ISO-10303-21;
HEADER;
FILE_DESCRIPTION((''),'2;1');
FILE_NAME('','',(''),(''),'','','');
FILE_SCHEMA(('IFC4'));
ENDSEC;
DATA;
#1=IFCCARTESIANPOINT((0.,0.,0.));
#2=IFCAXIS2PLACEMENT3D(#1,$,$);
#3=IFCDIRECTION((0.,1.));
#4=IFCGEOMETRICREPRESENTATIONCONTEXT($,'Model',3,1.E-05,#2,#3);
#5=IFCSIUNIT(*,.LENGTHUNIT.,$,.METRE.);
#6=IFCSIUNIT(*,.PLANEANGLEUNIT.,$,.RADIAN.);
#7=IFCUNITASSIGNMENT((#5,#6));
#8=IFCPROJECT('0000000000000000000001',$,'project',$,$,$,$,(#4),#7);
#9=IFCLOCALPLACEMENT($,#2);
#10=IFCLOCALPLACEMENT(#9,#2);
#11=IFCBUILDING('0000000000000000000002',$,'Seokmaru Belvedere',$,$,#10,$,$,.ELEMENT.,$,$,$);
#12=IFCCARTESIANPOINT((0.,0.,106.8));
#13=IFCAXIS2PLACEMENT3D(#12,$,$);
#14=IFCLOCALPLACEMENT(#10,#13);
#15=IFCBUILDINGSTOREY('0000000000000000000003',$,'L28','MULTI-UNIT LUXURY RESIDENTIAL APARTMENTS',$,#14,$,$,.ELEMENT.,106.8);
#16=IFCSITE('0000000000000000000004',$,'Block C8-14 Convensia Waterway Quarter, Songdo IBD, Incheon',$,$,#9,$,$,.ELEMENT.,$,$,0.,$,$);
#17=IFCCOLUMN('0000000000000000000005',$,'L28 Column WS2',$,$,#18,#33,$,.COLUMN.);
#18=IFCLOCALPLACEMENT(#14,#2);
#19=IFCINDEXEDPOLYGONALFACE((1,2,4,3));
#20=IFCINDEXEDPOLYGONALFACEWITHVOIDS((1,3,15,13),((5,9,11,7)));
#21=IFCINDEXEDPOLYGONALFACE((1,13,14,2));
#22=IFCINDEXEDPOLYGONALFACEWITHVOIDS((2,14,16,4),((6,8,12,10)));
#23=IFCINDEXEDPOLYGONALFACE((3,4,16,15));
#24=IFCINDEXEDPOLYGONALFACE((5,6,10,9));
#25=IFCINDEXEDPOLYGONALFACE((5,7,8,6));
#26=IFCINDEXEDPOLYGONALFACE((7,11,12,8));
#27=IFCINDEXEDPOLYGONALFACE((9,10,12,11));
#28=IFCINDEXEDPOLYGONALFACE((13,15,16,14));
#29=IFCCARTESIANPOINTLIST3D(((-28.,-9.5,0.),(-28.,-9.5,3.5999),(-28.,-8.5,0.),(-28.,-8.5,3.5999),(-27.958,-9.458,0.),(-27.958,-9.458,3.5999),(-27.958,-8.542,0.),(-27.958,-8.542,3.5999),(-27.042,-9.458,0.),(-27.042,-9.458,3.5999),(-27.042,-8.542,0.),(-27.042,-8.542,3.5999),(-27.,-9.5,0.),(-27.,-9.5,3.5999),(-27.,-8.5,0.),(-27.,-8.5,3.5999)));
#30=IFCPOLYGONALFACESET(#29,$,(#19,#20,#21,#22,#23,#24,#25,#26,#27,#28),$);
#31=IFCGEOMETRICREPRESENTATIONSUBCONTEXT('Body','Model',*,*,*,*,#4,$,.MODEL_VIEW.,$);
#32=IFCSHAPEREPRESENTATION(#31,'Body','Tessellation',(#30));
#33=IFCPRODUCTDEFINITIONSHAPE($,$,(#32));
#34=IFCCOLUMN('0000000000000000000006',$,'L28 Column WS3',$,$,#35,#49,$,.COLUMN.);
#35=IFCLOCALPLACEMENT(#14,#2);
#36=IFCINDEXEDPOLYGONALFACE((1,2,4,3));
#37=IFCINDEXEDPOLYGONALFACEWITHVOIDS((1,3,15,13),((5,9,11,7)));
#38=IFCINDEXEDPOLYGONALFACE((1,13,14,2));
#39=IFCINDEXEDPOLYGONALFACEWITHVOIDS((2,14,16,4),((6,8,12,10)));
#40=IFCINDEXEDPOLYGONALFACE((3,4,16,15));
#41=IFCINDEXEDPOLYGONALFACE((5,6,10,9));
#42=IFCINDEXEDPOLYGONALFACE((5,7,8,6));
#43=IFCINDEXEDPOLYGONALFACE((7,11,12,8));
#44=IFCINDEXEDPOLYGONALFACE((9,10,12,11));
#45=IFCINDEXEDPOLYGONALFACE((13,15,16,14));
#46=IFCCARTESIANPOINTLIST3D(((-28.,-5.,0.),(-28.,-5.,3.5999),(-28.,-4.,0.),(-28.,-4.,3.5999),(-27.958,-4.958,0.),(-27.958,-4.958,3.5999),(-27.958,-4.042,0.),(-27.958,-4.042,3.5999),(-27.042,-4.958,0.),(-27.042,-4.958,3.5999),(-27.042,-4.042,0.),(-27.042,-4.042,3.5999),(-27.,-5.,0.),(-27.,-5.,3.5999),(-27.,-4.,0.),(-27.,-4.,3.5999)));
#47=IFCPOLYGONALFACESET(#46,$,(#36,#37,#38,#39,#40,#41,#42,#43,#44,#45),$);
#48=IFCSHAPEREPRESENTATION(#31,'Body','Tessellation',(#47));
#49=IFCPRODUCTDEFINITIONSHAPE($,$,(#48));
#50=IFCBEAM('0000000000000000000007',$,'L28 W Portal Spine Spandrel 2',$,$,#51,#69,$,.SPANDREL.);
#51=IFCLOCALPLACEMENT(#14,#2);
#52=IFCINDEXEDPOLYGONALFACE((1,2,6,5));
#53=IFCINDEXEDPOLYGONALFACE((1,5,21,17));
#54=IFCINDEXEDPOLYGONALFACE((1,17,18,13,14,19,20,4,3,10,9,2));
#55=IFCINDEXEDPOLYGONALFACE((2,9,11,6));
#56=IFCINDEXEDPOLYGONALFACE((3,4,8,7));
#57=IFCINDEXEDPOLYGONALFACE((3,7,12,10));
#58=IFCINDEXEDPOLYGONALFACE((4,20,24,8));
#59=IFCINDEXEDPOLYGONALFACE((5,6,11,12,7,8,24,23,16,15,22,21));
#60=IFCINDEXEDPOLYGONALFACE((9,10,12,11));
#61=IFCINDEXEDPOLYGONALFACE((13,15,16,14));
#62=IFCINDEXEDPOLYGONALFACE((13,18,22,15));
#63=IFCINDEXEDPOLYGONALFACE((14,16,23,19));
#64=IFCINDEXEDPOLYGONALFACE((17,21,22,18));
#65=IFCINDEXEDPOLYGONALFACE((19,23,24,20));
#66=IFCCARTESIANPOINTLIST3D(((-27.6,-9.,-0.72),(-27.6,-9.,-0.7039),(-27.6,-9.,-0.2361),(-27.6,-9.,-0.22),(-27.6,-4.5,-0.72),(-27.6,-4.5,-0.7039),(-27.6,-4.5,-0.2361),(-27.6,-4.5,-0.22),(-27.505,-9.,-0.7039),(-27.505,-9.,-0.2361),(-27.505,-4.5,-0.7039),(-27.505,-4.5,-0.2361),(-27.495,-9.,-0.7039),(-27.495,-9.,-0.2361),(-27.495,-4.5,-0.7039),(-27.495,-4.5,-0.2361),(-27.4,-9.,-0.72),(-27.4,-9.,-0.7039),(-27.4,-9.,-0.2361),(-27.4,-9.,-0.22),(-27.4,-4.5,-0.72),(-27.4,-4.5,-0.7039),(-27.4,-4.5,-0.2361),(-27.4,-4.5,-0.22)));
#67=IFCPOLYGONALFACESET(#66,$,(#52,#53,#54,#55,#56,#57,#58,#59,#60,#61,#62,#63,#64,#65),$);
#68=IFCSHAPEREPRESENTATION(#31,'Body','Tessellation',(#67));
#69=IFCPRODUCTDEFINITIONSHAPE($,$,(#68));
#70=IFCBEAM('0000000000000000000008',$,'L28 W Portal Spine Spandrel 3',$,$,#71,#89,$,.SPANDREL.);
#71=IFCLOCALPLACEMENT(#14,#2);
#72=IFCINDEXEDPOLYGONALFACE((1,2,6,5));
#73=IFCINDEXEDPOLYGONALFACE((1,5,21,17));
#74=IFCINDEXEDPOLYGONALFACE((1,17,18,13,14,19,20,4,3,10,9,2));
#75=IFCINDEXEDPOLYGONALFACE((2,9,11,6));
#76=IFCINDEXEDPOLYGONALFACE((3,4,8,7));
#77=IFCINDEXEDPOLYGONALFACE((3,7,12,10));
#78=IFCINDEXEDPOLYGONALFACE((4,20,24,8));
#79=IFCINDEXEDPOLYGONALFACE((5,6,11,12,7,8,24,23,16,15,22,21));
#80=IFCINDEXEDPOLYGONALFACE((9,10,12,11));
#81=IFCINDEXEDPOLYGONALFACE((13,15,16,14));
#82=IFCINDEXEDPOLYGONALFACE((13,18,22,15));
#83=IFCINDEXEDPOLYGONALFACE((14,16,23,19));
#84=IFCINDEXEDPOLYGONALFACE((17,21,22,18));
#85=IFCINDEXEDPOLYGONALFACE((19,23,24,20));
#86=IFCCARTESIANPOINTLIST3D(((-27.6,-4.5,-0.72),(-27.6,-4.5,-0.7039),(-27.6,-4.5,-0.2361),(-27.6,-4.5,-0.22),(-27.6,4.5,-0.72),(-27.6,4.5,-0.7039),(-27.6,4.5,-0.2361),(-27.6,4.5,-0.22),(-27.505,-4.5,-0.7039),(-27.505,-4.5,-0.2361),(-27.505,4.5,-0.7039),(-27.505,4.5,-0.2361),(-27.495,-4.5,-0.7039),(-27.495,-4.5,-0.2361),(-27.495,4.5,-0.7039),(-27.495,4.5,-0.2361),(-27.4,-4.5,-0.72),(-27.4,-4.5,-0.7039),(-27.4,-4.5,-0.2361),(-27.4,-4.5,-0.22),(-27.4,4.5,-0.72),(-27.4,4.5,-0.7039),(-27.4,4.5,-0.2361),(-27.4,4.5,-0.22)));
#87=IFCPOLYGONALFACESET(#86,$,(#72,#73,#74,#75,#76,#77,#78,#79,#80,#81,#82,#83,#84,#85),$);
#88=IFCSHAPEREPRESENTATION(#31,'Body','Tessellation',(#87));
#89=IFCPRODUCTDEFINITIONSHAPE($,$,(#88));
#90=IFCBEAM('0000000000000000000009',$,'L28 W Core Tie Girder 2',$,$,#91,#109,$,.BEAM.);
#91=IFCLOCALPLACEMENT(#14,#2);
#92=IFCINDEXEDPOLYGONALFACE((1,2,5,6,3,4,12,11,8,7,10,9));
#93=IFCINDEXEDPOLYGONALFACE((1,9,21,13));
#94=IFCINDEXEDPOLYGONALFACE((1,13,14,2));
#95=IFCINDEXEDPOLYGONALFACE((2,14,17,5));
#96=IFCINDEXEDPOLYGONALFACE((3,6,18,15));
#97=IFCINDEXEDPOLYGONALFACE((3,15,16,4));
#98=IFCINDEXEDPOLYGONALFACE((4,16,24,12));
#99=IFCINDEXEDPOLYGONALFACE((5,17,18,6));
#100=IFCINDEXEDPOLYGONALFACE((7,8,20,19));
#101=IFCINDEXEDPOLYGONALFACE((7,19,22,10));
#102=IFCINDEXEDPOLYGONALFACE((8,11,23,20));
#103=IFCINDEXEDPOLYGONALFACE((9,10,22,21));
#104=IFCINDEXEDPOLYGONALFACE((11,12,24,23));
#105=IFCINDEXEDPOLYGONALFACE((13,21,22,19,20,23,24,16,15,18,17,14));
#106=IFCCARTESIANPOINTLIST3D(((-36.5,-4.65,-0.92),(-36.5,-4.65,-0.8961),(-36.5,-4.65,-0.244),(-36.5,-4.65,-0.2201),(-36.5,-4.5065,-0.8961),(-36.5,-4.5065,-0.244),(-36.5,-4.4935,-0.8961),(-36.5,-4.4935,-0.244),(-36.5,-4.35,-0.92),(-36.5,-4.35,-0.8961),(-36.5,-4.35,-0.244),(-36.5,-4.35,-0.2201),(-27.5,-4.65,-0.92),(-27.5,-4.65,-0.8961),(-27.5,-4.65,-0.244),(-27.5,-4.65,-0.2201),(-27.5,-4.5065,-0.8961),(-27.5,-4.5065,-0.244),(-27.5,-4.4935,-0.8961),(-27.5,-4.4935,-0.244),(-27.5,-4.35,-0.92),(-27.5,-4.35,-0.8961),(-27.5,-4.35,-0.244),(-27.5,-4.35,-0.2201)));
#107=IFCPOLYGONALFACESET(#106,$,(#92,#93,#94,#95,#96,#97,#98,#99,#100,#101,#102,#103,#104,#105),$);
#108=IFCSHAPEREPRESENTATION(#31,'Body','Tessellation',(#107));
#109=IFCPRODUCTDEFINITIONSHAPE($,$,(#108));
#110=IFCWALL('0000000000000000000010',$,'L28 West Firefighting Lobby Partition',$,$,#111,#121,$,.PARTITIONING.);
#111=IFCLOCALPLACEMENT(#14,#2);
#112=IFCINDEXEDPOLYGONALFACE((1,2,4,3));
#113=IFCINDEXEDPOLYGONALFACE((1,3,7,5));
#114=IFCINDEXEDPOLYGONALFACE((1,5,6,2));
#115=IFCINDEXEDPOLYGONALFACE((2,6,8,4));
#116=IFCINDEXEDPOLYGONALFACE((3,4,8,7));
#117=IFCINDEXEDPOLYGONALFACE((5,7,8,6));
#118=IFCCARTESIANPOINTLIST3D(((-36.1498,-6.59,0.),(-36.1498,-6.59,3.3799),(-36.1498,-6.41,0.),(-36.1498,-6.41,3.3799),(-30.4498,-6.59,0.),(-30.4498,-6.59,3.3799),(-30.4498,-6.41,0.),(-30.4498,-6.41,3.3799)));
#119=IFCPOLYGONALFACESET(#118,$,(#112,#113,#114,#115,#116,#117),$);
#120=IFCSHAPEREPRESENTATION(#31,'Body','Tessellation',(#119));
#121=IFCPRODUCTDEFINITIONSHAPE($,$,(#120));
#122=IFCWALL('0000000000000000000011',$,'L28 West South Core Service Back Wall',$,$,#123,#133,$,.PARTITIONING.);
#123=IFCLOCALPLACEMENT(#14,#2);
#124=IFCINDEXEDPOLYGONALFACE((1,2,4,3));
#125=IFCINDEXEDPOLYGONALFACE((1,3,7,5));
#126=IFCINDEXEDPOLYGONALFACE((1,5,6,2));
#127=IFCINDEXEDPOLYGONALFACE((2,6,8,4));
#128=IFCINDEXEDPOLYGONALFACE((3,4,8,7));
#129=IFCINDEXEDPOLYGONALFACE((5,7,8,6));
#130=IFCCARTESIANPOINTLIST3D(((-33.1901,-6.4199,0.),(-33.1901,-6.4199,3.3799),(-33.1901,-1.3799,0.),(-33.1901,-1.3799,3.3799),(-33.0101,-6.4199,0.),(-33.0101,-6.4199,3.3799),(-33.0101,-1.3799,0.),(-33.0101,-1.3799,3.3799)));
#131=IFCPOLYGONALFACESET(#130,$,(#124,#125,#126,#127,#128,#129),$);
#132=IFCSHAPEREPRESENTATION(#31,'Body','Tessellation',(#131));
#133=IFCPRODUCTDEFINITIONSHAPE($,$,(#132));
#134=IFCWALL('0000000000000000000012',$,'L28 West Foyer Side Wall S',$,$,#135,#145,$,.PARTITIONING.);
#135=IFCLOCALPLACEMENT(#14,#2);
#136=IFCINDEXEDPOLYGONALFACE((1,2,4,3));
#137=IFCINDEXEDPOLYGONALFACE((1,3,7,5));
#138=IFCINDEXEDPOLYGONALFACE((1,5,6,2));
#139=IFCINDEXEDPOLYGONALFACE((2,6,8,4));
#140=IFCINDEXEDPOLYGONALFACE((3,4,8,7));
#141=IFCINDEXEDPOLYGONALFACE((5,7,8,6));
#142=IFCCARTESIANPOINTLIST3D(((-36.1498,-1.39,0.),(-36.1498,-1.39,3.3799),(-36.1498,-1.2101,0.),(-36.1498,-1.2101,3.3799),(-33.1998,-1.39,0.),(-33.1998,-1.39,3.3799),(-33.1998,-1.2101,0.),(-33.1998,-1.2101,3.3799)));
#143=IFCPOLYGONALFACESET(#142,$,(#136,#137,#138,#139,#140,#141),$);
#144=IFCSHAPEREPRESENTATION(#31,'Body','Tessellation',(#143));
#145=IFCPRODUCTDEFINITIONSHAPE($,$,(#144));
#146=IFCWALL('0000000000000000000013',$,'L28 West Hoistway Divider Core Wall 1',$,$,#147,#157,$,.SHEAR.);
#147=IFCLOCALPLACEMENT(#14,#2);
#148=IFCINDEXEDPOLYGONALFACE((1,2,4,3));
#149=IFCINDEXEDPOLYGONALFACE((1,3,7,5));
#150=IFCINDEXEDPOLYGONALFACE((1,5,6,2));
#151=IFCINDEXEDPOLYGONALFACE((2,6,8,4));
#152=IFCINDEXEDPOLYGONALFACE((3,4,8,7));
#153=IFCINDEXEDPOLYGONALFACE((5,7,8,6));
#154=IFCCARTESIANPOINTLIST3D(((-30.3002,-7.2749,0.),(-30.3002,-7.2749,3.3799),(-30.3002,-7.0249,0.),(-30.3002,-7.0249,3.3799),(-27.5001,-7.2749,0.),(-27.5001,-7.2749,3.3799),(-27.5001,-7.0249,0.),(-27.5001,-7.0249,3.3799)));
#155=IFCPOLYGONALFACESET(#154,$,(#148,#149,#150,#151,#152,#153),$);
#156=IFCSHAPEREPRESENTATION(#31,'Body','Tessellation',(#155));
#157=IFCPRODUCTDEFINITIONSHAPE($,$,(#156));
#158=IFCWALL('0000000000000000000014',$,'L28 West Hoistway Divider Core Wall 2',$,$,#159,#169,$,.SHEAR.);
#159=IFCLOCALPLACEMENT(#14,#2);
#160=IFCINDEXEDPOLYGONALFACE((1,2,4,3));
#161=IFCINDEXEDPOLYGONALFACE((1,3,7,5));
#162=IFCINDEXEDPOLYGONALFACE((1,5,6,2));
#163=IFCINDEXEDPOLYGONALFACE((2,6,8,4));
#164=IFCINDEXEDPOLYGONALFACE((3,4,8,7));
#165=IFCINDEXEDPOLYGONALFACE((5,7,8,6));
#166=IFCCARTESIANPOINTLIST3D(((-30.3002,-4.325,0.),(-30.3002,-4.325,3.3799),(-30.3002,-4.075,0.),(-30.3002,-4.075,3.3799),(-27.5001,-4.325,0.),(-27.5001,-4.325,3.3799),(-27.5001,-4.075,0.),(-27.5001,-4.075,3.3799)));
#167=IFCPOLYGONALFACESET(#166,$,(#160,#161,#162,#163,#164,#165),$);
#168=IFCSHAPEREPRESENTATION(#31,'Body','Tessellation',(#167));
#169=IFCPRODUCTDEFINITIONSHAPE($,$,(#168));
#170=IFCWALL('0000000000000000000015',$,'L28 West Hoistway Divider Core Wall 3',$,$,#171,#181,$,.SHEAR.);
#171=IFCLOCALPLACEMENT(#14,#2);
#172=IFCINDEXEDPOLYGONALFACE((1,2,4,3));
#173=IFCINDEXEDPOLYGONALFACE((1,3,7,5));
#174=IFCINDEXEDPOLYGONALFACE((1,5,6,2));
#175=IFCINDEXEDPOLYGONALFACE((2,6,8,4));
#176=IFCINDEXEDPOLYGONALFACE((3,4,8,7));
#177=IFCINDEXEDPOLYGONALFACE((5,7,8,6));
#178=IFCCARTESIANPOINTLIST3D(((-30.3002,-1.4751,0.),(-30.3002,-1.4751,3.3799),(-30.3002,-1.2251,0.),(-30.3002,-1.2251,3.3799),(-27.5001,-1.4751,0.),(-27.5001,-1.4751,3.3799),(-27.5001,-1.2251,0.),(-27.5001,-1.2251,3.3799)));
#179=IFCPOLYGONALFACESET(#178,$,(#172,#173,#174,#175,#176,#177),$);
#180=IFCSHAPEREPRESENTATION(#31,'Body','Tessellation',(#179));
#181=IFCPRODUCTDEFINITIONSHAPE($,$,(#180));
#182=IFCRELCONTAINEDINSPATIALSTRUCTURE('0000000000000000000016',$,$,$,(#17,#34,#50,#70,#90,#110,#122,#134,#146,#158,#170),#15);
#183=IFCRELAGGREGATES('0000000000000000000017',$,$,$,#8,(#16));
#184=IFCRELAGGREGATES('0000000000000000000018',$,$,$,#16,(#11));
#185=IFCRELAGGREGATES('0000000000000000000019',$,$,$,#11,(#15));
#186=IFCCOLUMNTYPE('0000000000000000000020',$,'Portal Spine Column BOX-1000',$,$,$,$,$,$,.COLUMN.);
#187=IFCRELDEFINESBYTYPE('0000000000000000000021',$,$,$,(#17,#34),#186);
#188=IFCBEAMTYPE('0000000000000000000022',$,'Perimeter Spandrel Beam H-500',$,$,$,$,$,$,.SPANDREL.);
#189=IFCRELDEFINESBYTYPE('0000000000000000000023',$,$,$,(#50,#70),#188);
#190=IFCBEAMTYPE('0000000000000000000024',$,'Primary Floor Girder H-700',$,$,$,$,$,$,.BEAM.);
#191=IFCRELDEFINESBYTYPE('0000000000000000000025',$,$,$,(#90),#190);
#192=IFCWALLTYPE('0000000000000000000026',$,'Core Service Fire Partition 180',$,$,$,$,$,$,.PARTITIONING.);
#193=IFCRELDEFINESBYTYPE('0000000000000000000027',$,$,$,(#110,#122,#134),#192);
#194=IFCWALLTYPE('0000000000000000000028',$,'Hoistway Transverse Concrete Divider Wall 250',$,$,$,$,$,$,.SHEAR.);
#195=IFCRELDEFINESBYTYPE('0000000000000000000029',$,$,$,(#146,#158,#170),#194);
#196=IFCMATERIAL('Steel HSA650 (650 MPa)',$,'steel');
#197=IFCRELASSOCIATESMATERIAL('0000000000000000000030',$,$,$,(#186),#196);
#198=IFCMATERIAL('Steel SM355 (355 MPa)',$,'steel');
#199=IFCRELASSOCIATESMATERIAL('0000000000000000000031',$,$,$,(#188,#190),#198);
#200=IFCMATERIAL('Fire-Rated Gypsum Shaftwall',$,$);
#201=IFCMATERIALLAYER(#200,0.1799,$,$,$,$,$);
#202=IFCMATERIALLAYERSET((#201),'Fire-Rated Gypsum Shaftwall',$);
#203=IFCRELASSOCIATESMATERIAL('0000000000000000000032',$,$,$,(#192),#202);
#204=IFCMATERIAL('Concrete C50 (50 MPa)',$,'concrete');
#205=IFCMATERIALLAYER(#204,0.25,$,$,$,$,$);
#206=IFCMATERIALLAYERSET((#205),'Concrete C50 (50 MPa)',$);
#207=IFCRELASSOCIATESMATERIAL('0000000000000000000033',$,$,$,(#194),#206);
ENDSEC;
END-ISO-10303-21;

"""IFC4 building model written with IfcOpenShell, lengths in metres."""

from ifc_helpers import new_model, si_unit, direction, frame, frame_2d, origin, origin_2d, place, context, subcontext, project, spatial, rectangle, hollow_rectangle, i_section, extrude, source, transform, mapped, material, layer, layer_set, material_profile, profile_set, type_object, type_shapes, element, save


model = new_model("IFC4")

# Units and contexts
model_context = context("Model", 3, precision=1e-05, world=origin(), true_north=direction((0.0, 1.0)))
body_context = subcontext(model_context, "Body", "Model", "MODEL_VIEW")
ifc_project = project(units=[si_unit("LENGTHUNIT", "METRE"), si_unit("PLANEANGLEUNIT", "RADIAN")], contexts=[model_context])

# Site, building, storey
site_placement = place(None, origin())
site = spatial("IfcSite", under=ifc_project, at=site_placement, Name="Block C8-14 Convensia Waterway Quarter, Songdo IBD, Incheon", CompositionType="ELEMENT", RefElevation=0.0)
building_placement = place(site_placement, origin())
building = spatial("IfcBuilding", under=site, at=building_placement, Name="Seokmaru Belvedere", CompositionType="ELEMENT")
storey_placement = place(building_placement, frame((0.0, 0.0, 106.8)))
storey = spatial("IfcBuildingStorey", under=building, at=storey_placement, Name="L28", Description="MULTI-UNIT LUXURY RESIDENTIAL APARTMENTS", CompositionType="ELEMENT", Elevation=106.8)

# Columns
ifc_material_1 = material(Name="Steel HSA650 (650 MPa)", Category="steel")
ifc_material_profile_1 = material_profile(ifc_material_1, hollow_rectangle(XDim=1.0, YDim=1.0, WallThickness=0.042, at=origin_2d()), Name="BOX-1000x1000x42")
ifc_profile_set_1 = profile_set([ifc_material_profile_1], Name="Steel HSA650 (650 MPa)")
column_type = type_object("IfcColumnType", Name="Portal Spine Column BOX-1000", PredefinedType="COLUMN", material=ifc_profile_set_1)
shared_shape_1 = source(origin(), body_context, "Body", "SweptSolid", [
    extrude(hollow_rectangle(XDim=1.0, YDim=1.0, WallThickness=0.042, at=origin_2d()), origin(), (0.0, 0.0, 1.0), 3.5999),
])
type_shapes(column_type, [shared_shape_1])
for number, where, z_axis, x_axis, name in (
    (1, (-27.5, -9.0, 0.0), (0.0, 0.0, 1.0), (1.0, 0.0, 0.0), "L28 Column WS2"),
    (2, (-27.5, -4.5, 0.0), (0.0, 0.0, 1.0), (1.0, 0.0, 0.0), "L28 Column WS3"),
):
    element("IfcColumn", number, at=place(storey_placement, frame(where, z_axis=z_axis, x_axis=x_axis)), inside=storey, type_object=column_type, Name=name, PredefinedType="COLUMN", context=body_context, shape_type="MappedRepresentation", body=[
        mapped(shared_shape_1, transform((0.0, 0.0, 0.0), scale=1.0)),
    ])

# Beams
ifc_material_2 = material(Name="Steel SM355 (355 MPa)", Category="steel")
ifc_material_profile_2 = material_profile(ifc_material_2, i_section(OverallWidth=0.2, OverallDepth=0.5, WebThickness=0.01, FlangeThickness=0.0161, at=origin_2d()), Name="H-500x200x10x16")
ifc_profile_set_2 = profile_set([ifc_material_profile_2], Name="Steel SM355 (355 MPa)")
beam_type_1 = type_object("IfcBeamType", Name="Perimeter Spandrel Beam H-500", PredefinedType="SPANDREL", material=ifc_profile_set_2)
shared_shape_2 = source(origin(), body_context, "Body", "SweptSolid", [
    extrude(i_section(OverallWidth=0.2, OverallDepth=0.5, WebThickness=0.01, FlangeThickness=0.0161, at=origin_2d()), origin(), (0.0, 0.0, 1.0), 4.5),
])
beam_1_placement = place(storey_placement, frame((-27.5, -9.0, -0.47), z_axis=(0.0, 1.0, 0.0), x_axis=(-1.0, 0.0, 0.0)))
element("IfcBeam", 3, at=beam_1_placement, inside=storey, type_object=beam_type_1, Name="L28 W Portal Spine Spandrel 2", PredefinedType="SPANDREL", context=body_context, shape_type="MappedRepresentation", body=[
    mapped(shared_shape_2, transform((0.0, 0.0, 0.0), scale=1.0)),
])
shared_shape_3 = source(origin(), body_context, "Body", "SweptSolid", [
    extrude(i_section(OverallWidth=0.2, OverallDepth=0.5, WebThickness=0.01, FlangeThickness=0.0161, at=origin_2d()), origin(), (0.0, 0.0, 1.0), 9.0),
])
type_shapes(beam_type_1, [shared_shape_2, shared_shape_3])
beam_2_placement = place(storey_placement, frame((-27.5, -4.5, -0.47), z_axis=(0.0, 1.0, 0.0), x_axis=(-1.0, 0.0, 0.0)))
element("IfcBeam", 4, at=beam_2_placement, inside=storey, type_object=beam_type_1, Name="L28 W Portal Spine Spandrel 3", PredefinedType="SPANDREL", context=body_context, shape_type="MappedRepresentation", body=[
    mapped(shared_shape_3, transform((0.0, 0.0, 0.0), scale=1.0)),
])
ifc_material_profile_3 = material_profile(ifc_material_2, i_section(OverallWidth=0.3, OverallDepth=0.7, WebThickness=0.0129, FlangeThickness=0.0239, at=origin_2d()), Name="H-700x300x13x24")
ifc_profile_set_3 = profile_set([ifc_material_profile_3], Name="Steel SM355 (355 MPa)")
beam_type_2 = type_object("IfcBeamType", Name="Primary Floor Girder H-700", PredefinedType="BEAM", material=ifc_profile_set_3)
shared_shape_4 = source(origin(), body_context, "Body", "SweptSolid", [
    extrude(i_section(OverallWidth=0.3, OverallDepth=0.7, WebThickness=0.0129, FlangeThickness=0.0239, at=origin_2d()), origin(), (0.0, 0.0, 1.0), 9.0),
])
type_shapes(beam_type_2, [shared_shape_4])
beam_3_placement = place(storey_placement, frame((-36.5, -4.5, -0.5701), z_axis=(1.0, 0.0, 0.0), x_axis=(0.0, 1.0, 0.0)))
element("IfcBeam", 5, at=beam_3_placement, inside=storey, type_object=beam_type_2, Name="L28 W Core Tie Girder 2", PredefinedType="BEAM", context=body_context, shape_type="MappedRepresentation", body=[
    mapped(shared_shape_4, transform((0.0, 0.0, 0.0), scale=1.0)),
])

# Walls
ifc_material_3 = material(Name="Fire-Rated Gypsum Shaftwall")
ifc_layer_1 = layer(ifc_material_3, 0.1799)
ifc_layer_set_1 = layer_set([ifc_layer_1], Name="Fire-Rated Gypsum Shaftwall")
wall_type_1 = type_object("IfcWallType", Name="Core Service Fire Partition 180", PredefinedType="PARTITIONING", material=ifc_layer_set_1)
wall_1_placement = place(storey_placement, frame((-36.1499, -6.5, 0.0), z_axis=(0.0, 0.0, 1.0), x_axis=(1.0, 0.0, 0.0)))
element("IfcWall", 6, at=wall_1_placement, inside=storey, type_object=wall_type_1, Name="L28 West Firefighting Lobby Partition", PredefinedType="PARTITIONING", context=body_context, shape_type="SweptSolid", body=[
    extrude(rectangle(XDim=5.7, YDim=0.1799, at=frame_2d((2.8501, 0.0))), origin(), (0.0, 0.0, 1.0), 3.3799),
])
wall_2_placement = place(storey_placement, frame((-33.1001, -6.4199, 0.0), z_axis=(0.0, 0.0, 1.0), x_axis=(0.0, 1.0, 0.0)))
element("IfcWall", 7, at=wall_2_placement, inside=storey, type_object=wall_type_1, Name="L28 West South Core Service Back Wall", PredefinedType="PARTITIONING", context=body_context, shape_type="SweptSolid", body=[
    extrude(rectangle(XDim=5.04, YDim=0.1799, at=frame_2d((2.52, 0.0))), origin(), (0.0, 0.0, 1.0), 3.3799),
])
wall_3_placement = place(storey_placement, frame((-36.1499, -1.3, 0.0), z_axis=(0.0, 0.0, 1.0), x_axis=(1.0, 0.0, 0.0)))
element("IfcWall", 8, at=wall_3_placement, inside=storey, type_object=wall_type_1, Name="L28 West Foyer Side Wall S", PredefinedType="PARTITIONING", context=body_context, shape_type="SweptSolid", body=[
    extrude(rectangle(XDim=2.95, YDim=0.1799, at=frame_2d((1.4751, 0.0))), origin(), (0.0, 0.0, 1.0), 3.3799),
])
ifc_material_4 = material(Name="Concrete C50 (50 MPa)", Category="concrete")
ifc_layer_2 = layer(ifc_material_4, 0.25)
ifc_layer_set_2 = layer_set([ifc_layer_2], Name="Concrete C50 (50 MPa)")
wall_type_2 = type_object("IfcWallType", Name="Hoistway Transverse Concrete Divider Wall 250", PredefinedType="SHEAR", material=ifc_layer_set_2)
for number, where, z_axis, x_axis, name in (
    (9, (-30.3, -7.1499, 0.0), (0.0, 0.0, 1.0), (1.0, 0.0, 0.0), "L28 West Hoistway Divider Core Wall 1"),
    (10, (-30.3, -4.2, 0.0), (0.0, 0.0, 1.0), (1.0, 0.0, 0.0), "L28 West Hoistway Divider Core Wall 2"),
    (11, (-30.3, -1.3501, 0.0), (0.0, 0.0, 1.0), (1.0, 0.0, 0.0), "L28 West Hoistway Divider Core Wall 3"),
):
    element("IfcWall", number, at=place(storey_placement, frame(where, z_axis=z_axis, x_axis=x_axis)), inside=storey, type_object=wall_type_2, Name=name, PredefinedType="SHEAR", context=body_context, shape_type="SweptSolid", body=[
        extrude(rectangle(XDim=2.8, YDim=0.25, at=frame_2d((1.3999, 0.0))), origin(), (0.0, 0.0, 1.0), 3.3799),
    ])

save(model, "model.ifc")
